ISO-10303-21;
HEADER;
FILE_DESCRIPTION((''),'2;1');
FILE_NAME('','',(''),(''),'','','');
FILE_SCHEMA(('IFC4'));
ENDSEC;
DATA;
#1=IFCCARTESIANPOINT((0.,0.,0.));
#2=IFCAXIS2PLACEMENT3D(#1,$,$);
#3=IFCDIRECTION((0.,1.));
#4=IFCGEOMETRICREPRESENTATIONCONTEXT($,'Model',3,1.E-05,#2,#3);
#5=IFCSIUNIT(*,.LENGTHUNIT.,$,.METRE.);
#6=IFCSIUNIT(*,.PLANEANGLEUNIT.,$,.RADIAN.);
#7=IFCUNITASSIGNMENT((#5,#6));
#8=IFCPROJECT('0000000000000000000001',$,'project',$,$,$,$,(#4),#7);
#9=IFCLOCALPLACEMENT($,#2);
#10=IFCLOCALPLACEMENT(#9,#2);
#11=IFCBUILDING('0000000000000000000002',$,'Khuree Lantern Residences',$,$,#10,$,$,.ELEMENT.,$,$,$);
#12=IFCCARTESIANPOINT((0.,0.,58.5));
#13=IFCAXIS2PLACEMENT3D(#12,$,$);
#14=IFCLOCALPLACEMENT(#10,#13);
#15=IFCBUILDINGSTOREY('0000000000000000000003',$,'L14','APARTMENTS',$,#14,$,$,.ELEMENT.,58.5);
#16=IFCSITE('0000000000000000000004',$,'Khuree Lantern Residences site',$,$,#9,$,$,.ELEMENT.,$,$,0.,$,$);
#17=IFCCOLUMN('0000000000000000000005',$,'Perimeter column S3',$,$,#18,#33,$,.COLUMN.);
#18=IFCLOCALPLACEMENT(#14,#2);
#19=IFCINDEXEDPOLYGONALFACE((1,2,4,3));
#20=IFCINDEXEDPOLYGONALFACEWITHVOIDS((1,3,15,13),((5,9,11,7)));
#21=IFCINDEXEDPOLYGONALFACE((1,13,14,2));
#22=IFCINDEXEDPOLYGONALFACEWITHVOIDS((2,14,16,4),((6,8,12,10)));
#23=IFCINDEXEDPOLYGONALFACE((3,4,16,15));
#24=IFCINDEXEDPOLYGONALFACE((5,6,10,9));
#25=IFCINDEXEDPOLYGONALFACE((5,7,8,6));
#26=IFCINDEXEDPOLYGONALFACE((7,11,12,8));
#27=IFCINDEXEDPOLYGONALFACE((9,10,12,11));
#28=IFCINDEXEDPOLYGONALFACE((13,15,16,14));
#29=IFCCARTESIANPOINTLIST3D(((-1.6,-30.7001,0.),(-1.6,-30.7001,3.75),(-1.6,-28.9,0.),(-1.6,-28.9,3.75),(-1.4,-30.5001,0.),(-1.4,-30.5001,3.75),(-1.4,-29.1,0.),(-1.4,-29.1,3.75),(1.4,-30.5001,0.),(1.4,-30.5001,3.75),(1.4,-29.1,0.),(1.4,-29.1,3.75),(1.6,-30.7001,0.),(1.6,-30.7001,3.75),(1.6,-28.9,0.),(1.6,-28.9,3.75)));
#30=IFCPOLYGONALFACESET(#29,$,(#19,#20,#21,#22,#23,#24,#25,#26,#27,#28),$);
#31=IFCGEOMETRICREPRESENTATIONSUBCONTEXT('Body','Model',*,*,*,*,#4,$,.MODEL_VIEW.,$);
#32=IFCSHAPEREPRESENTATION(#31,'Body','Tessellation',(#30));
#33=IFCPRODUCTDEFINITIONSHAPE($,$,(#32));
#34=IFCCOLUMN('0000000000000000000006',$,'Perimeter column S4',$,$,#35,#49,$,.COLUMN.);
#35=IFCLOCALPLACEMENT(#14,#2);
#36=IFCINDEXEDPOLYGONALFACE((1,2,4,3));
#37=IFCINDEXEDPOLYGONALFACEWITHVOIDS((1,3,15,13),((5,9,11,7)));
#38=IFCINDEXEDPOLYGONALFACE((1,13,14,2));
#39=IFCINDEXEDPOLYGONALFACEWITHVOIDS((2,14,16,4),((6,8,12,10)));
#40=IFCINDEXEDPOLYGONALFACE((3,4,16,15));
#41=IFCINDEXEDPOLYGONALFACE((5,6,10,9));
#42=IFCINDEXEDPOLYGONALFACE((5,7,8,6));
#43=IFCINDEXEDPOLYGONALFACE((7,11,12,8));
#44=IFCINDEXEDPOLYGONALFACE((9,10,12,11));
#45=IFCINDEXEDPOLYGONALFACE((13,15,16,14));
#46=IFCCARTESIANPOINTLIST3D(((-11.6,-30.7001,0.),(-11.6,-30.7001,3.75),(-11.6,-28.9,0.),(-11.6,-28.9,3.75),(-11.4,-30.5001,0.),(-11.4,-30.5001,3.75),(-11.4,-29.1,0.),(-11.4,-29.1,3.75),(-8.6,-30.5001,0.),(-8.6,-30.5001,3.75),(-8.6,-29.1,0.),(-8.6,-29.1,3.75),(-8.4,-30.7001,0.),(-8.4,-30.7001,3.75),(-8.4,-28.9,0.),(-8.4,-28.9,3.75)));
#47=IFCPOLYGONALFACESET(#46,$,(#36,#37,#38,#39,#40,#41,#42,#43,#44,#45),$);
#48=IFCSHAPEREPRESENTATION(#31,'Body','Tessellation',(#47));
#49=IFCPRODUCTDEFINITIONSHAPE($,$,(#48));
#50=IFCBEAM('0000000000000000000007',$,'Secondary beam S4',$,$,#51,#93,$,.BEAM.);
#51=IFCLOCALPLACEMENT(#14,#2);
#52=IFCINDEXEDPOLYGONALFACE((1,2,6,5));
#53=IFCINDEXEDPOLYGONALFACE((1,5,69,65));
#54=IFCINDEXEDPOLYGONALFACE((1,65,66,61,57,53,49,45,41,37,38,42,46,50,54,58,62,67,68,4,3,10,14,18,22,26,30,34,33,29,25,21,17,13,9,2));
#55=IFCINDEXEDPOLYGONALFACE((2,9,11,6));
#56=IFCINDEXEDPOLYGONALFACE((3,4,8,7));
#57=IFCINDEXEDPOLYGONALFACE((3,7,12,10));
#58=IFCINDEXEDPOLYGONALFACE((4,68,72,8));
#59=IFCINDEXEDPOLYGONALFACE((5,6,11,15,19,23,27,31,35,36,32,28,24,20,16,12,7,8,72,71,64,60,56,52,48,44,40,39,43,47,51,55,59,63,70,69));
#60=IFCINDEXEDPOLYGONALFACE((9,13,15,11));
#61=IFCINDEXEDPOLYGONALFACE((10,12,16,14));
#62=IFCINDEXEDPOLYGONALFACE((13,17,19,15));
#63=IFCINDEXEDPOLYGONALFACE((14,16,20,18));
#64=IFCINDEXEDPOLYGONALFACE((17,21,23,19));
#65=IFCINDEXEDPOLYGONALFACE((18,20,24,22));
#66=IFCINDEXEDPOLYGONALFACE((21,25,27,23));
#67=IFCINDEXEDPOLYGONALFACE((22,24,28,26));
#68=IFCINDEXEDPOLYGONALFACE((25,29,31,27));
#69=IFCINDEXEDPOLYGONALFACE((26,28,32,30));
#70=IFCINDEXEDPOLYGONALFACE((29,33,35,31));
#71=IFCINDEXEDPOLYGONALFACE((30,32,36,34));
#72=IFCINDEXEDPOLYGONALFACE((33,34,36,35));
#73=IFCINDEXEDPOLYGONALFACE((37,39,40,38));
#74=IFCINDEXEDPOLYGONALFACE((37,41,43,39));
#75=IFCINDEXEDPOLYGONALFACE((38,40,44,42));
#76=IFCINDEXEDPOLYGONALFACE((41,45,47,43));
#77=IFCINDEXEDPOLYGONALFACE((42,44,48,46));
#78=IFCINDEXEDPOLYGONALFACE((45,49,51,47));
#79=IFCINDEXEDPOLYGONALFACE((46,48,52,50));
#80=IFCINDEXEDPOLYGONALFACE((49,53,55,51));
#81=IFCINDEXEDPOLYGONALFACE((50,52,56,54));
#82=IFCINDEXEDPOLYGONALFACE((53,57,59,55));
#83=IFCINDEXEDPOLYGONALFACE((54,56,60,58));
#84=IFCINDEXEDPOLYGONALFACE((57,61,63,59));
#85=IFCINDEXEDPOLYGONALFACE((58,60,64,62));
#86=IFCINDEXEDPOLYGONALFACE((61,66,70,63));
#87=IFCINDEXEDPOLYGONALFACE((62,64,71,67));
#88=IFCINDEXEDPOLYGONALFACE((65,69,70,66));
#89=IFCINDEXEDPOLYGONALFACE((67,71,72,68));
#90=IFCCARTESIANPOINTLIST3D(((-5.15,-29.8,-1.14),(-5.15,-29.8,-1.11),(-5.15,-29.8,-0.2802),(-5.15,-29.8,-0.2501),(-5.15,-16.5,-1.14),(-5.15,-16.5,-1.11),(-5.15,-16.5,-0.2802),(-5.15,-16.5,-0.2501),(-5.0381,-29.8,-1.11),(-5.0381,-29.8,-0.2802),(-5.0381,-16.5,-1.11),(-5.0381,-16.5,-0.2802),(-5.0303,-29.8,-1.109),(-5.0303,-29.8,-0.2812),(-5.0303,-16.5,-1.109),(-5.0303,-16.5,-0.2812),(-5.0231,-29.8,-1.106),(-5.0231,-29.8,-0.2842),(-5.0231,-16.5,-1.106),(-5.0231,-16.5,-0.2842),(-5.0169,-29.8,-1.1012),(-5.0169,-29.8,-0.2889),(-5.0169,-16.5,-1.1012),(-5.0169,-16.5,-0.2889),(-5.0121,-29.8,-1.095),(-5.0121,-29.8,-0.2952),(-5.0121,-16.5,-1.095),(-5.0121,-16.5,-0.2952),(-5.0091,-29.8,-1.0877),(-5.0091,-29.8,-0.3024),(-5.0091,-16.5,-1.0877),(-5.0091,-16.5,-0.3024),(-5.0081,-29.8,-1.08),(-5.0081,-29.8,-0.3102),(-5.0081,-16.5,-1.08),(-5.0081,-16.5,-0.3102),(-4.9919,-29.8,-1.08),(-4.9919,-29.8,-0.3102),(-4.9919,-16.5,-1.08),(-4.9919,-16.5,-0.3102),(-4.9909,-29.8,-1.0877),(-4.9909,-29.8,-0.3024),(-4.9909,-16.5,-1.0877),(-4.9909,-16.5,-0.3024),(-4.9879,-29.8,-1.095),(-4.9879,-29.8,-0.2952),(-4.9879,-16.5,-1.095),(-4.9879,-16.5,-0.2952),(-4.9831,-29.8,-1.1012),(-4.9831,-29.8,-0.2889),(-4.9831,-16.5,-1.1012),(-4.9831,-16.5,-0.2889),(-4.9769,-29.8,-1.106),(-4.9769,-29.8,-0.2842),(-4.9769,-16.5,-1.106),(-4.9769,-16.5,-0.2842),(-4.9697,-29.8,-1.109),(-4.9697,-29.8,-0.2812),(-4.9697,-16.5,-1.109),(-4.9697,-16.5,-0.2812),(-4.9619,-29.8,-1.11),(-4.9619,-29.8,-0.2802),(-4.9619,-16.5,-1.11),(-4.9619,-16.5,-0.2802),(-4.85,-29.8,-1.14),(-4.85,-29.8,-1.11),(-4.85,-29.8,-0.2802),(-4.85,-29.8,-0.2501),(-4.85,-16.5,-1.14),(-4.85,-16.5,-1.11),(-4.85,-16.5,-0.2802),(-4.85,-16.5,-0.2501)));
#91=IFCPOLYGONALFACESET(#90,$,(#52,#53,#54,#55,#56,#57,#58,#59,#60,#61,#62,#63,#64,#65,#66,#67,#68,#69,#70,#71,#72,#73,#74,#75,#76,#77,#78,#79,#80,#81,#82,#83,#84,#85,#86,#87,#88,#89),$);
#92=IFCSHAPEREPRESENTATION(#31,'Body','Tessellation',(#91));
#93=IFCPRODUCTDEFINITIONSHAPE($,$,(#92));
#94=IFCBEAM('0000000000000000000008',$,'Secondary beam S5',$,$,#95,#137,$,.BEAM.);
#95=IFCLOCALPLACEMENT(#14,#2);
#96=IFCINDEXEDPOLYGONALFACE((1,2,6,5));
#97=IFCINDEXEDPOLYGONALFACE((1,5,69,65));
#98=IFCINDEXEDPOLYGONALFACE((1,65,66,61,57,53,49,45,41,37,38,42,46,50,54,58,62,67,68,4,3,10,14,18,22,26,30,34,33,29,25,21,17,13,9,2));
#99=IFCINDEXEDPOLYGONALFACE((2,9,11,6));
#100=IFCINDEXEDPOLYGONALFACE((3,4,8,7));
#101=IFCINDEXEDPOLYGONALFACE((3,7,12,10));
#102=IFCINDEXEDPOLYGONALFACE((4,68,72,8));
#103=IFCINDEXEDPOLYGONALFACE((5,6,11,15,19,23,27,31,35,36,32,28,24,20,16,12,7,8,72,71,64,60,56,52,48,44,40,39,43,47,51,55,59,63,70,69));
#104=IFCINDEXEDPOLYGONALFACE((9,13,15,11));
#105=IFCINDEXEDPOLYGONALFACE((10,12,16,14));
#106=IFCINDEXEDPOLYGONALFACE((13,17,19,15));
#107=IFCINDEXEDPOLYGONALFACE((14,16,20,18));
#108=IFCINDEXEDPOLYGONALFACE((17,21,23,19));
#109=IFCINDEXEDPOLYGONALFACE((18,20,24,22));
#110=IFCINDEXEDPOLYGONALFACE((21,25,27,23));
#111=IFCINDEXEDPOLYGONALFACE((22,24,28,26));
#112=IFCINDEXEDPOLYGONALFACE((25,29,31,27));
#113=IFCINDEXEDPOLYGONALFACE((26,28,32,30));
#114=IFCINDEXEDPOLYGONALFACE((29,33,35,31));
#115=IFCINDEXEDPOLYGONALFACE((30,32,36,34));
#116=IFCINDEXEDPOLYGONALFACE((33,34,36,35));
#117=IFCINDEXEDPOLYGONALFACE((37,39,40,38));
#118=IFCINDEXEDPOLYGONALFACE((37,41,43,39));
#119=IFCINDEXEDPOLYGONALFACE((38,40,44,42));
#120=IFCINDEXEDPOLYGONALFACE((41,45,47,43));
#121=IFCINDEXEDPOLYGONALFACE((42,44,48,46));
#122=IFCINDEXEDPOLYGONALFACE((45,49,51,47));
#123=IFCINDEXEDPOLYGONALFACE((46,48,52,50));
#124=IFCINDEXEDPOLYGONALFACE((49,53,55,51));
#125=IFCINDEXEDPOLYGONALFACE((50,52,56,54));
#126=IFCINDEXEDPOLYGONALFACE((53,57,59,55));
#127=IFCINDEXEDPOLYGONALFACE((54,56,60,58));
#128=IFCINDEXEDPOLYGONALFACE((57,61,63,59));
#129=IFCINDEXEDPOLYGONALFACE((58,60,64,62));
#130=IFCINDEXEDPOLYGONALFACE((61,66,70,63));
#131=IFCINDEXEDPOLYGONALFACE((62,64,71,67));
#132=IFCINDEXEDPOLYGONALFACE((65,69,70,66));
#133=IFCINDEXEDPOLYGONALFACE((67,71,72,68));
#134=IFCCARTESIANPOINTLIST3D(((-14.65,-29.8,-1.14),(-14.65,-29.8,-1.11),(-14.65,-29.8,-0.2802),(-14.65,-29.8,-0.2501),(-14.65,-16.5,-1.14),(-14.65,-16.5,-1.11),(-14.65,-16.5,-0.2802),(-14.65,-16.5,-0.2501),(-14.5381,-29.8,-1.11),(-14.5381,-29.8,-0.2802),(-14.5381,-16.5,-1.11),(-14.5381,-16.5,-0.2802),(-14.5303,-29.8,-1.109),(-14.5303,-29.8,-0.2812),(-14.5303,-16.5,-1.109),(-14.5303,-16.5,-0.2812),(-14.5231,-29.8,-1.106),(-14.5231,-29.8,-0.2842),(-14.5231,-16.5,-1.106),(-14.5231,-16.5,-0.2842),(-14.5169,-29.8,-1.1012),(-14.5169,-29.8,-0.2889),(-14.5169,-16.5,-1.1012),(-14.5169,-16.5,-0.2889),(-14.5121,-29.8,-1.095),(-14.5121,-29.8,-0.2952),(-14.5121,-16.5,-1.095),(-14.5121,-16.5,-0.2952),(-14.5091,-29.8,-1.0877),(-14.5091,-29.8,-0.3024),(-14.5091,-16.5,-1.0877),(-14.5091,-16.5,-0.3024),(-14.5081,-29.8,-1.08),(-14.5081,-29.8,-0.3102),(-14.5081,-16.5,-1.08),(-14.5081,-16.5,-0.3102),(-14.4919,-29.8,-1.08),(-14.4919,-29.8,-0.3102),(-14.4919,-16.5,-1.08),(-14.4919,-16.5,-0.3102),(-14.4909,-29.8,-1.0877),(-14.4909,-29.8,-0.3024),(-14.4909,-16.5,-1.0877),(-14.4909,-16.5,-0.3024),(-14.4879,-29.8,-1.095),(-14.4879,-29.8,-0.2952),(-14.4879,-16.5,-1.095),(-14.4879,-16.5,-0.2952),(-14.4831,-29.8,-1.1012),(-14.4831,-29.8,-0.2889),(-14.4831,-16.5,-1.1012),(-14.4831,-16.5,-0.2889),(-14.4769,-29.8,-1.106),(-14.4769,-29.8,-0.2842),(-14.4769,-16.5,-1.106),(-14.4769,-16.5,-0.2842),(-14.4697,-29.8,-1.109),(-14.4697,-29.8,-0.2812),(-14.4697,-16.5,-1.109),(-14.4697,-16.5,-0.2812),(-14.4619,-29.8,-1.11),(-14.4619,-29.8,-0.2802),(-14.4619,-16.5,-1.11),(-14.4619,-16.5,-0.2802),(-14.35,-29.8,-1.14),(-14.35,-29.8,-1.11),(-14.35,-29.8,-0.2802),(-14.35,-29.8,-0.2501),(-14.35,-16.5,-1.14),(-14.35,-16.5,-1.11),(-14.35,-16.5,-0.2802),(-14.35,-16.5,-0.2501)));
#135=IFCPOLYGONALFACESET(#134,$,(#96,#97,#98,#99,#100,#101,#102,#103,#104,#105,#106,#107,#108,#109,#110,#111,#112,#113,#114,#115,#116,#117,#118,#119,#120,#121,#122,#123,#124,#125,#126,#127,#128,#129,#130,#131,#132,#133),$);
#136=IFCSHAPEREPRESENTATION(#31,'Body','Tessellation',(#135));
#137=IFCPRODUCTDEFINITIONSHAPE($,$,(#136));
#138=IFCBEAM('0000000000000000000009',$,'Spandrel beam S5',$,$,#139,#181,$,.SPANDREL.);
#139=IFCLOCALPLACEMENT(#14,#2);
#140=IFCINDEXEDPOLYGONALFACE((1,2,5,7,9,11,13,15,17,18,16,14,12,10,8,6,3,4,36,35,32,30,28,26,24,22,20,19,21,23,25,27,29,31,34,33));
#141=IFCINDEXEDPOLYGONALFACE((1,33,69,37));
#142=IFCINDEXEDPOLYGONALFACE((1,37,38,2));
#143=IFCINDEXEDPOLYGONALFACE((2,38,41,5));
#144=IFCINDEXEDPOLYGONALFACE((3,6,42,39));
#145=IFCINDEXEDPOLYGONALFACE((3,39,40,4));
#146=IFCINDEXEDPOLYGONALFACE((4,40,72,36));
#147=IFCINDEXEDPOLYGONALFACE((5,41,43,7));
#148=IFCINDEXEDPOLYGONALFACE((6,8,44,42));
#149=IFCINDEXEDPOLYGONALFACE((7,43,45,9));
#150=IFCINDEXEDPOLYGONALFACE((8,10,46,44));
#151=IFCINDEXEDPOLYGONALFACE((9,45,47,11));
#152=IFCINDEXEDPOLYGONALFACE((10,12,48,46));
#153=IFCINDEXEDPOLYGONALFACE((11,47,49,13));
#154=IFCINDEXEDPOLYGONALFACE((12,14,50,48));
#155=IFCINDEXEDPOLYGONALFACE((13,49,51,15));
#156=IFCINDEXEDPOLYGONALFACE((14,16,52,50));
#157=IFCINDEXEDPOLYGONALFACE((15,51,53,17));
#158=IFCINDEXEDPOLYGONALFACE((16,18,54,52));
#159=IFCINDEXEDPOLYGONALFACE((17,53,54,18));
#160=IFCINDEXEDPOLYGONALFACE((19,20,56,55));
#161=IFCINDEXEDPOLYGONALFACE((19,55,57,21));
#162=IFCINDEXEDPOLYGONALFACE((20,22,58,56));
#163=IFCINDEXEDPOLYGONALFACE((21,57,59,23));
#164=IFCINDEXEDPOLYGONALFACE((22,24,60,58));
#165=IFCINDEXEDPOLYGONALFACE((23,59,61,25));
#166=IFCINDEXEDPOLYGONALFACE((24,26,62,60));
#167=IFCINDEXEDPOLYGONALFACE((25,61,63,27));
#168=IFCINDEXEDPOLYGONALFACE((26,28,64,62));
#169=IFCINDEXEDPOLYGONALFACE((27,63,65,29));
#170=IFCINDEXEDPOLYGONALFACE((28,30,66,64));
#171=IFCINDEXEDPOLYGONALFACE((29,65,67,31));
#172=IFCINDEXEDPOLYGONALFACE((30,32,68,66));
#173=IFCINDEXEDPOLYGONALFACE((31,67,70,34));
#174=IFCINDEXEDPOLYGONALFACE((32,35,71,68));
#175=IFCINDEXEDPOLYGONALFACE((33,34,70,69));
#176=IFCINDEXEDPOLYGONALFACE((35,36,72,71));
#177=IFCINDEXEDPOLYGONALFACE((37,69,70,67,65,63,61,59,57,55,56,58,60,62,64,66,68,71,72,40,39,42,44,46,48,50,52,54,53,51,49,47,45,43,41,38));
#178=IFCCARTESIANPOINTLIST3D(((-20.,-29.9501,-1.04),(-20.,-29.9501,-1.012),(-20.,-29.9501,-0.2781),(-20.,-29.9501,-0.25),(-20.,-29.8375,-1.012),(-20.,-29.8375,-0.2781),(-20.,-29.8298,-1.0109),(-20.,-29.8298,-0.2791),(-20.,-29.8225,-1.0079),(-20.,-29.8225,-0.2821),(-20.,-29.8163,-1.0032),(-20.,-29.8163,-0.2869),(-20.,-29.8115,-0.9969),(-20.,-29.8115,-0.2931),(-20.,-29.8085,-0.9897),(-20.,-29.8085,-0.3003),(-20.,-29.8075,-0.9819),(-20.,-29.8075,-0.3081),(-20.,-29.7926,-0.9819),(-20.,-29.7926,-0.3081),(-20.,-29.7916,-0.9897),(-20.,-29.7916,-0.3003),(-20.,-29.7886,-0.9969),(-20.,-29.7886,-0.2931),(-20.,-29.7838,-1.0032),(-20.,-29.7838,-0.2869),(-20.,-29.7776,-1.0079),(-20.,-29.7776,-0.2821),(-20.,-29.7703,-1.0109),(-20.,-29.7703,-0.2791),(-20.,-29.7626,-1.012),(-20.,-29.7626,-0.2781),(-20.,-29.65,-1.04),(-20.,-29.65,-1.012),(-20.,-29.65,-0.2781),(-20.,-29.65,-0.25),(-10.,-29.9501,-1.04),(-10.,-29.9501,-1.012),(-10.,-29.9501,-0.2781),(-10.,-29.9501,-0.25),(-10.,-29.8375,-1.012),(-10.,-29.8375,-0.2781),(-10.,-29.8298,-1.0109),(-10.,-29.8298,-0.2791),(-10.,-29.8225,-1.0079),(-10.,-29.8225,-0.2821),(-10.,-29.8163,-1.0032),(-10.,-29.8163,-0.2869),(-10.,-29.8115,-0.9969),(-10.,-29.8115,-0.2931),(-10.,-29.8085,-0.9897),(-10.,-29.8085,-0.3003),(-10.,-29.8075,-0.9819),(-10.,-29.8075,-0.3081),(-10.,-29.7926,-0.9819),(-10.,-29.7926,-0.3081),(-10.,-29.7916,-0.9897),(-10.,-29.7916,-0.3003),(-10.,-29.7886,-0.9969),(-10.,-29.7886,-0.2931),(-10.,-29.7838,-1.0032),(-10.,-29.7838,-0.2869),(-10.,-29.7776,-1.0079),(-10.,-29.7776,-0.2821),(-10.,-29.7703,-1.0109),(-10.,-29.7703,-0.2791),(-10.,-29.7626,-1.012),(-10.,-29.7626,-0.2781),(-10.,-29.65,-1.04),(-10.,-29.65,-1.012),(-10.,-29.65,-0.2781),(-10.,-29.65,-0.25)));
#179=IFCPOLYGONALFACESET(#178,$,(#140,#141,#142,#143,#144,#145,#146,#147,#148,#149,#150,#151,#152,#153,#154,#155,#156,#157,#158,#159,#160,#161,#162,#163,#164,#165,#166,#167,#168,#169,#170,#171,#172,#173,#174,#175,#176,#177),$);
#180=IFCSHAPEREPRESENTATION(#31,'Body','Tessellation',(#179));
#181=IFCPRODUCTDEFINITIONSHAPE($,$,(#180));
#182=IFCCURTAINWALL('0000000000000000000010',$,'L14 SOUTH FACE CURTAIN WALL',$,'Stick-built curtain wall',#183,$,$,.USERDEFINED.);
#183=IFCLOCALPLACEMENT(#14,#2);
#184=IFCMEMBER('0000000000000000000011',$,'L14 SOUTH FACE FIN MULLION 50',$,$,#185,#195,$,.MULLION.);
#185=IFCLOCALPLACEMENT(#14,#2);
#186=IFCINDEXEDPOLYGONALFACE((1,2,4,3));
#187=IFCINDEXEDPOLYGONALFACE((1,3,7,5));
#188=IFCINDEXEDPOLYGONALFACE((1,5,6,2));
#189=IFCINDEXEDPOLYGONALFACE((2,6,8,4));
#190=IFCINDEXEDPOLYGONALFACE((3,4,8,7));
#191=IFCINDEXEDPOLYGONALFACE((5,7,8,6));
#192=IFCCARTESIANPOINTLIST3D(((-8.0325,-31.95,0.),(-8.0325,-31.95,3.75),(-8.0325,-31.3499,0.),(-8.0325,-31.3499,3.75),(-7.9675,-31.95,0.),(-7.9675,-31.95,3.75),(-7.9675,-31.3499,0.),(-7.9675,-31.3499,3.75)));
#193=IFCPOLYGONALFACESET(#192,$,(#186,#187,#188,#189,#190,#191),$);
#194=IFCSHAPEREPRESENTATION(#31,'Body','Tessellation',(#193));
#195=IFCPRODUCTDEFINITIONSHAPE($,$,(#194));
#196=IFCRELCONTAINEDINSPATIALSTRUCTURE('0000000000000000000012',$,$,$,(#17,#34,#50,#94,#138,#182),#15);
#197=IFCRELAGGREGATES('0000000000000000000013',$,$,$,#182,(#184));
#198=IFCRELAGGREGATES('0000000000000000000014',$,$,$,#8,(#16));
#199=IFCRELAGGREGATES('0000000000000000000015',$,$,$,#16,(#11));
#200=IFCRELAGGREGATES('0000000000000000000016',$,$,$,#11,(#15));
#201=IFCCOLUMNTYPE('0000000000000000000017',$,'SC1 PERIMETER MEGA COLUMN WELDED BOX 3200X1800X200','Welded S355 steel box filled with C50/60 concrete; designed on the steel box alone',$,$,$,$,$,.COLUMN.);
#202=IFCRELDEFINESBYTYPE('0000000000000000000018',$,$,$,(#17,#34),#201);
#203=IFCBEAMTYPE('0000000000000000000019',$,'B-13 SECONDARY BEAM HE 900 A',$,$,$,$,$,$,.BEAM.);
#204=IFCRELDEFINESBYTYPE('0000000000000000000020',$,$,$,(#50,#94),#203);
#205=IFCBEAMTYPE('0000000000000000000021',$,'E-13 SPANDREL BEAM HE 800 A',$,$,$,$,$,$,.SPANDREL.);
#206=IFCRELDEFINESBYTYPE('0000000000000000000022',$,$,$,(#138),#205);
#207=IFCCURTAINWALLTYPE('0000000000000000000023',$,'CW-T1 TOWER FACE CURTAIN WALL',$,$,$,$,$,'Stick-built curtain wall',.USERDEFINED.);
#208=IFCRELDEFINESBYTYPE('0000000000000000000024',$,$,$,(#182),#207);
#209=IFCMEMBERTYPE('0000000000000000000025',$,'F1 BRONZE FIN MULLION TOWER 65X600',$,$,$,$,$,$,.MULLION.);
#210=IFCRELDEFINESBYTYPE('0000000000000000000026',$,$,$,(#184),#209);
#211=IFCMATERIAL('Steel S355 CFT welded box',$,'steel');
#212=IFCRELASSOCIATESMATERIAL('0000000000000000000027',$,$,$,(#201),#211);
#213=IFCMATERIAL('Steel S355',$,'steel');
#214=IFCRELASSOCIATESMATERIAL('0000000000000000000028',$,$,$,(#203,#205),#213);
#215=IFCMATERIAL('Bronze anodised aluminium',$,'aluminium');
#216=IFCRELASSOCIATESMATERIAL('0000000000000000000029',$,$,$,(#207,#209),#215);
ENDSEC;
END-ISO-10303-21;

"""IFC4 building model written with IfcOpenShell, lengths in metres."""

from ifc_helpers import new_model, si_unit, direction, frame, origin, origin_2d, place, context, subcontext, project, spatial, rectangle, hollow_rectangle, i_section, extrude, material, material_profile, profile_set, type_object, element, aggregate, save


model = new_model("IFC4")

# Units and contexts
model_context = context("Model", 3, precision=1e-05, world=origin(), true_north=direction((0.0, 1.0)))
body_context = subcontext(model_context, "Body", "Model", "MODEL_VIEW")
ifc_project = project(units=[si_unit("LENGTHUNIT", "METRE"), si_unit("PLANEANGLEUNIT", "RADIAN")], contexts=[model_context])

# Site, building, storey
site_placement = place(None, origin())
site = spatial("IfcSite", under=ifc_project, at=site_placement, Name="Khuree Lantern Residences site", CompositionType="ELEMENT", RefElevation=0.0)
building_placement = place(site_placement, origin())
building = spatial("IfcBuilding", under=site, at=building_placement, Name="Khuree Lantern Residences", CompositionType="ELEMENT")
storey_placement = place(building_placement, frame((0.0, 0.0, 58.5)))
storey = spatial("IfcBuildingStorey", under=building, at=storey_placement, Name="L14", Description="APARTMENTS", CompositionType="ELEMENT", Elevation=58.5)

# Columns
ifc_material_1 = material(Name="Steel S355 CFT welded box", Category="steel")
ifc_material_profile_1 = material_profile(ifc_material_1, hollow_rectangle(XDim=3.2, YDim=1.8, WallThickness=0.2, at=origin_2d()), Name="WELDED BOX 3200X1800X200")
ifc_profile_set_1 = profile_set([ifc_material_profile_1], Name="Steel S355 CFT welded box")
column_type = type_object("IfcColumnType", Name="SC1 PERIMETER MEGA COLUMN WELDED BOX 3200X1800X200", Description="Welded S355 steel box filled with C50/60 concrete; designed on the steel box alone", PredefinedType="COLUMN", material=ifc_profile_set_1)
for number, where, z_axis, x_axis, name in (
    (1, (0.0, -29.8, 0.0), (0.0, 0.0, 1.0), (1.0, 0.0, 0.0), "Perimeter column S3"),
    (2, (-10.0, -29.8, 0.0), (0.0, 0.0, 1.0), (1.0, 0.0, 0.0), "Perimeter column S4"),
):
    element("IfcColumn", number, at=place(storey_placement, frame(where, z_axis=z_axis, x_axis=x_axis)), inside=storey, type_object=column_type, Name=name, PredefinedType="COLUMN", context=body_context, shape_type="SweptSolid", body=[
        extrude(hollow_rectangle(XDim=3.2, YDim=1.8, WallThickness=0.2, at=origin_2d()), origin(), (0.0, 0.0, 1.0), 3.75),
    ])

# Beams
ifc_material_2 = material(Name="Steel S355", Category="steel")
ifc_material_profile_2 = material_profile(ifc_material_2, i_section(OverallWidth=0.3, OverallDepth=0.8899, WebThickness=0.0161, FlangeThickness=0.03, FilletRadius=0.03, at=origin_2d()), Name="HE 900 A")
ifc_profile_set_2 = profile_set([ifc_material_profile_2], Name="Steel S355")
beam_type_1 = type_object("IfcBeamType", Name="B-13 SECONDARY BEAM HE 900 A", PredefinedType="BEAM", material=ifc_profile_set_2)
for number, where, z_axis, x_axis, name in (
    (3, (-5.0, -29.8, -0.6951), (0.0, 1.0, 0.0), (-1.0, 0.0, 0.0), "Secondary beam S4"),
    (4, (-14.5, -29.8, -0.6951), (0.0, 1.0, 0.0), (-1.0, 0.0, 0.0), "Secondary beam S5"),
):
    element("IfcBeam", number, at=place(storey_placement, frame(where, z_axis=z_axis, x_axis=x_axis)), inside=storey, type_object=beam_type_1, Name=name, PredefinedType="BEAM", context=body_context, shape_type="SweptSolid", body=[
        extrude(i_section(OverallWidth=0.3, OverallDepth=0.8899, WebThickness=0.0161, FlangeThickness=0.03, FilletRadius=0.03, at=origin_2d()), origin(), (0.0, 0.0, 1.0), 13.3),
    ])
ifc_material_profile_3 = material_profile(ifc_material_2, i_section(OverallWidth=0.3, OverallDepth=0.79, WebThickness=0.0149, FlangeThickness=0.0281, FilletRadius=0.03, at=origin_2d()), Name="HE 800 A")
ifc_profile_set_3 = profile_set([ifc_material_profile_3], Name="Steel S355")
beam_type_2 = type_object("IfcBeamType", Name="E-13 SPANDREL BEAM HE 800 A", PredefinedType="SPANDREL", material=ifc_profile_set_3)
beam_placement = place(storey_placement, frame((-10.0, -29.8, -0.645), z_axis=(-1.0, 0.0, 0.0), x_axis=(0.0, -1.0, 0.0)))
element("IfcBeam", 5, at=beam_placement, inside=storey, type_object=beam_type_2, Name="Spandrel beam S5", PredefinedType="SPANDREL", context=body_context, shape_type="SweptSolid", body=[
    extrude(i_section(OverallWidth=0.3, OverallDepth=0.79, WebThickness=0.0149, FlangeThickness=0.0281, FilletRadius=0.03, at=origin_2d()), origin(), (0.0, 0.0, 1.0), 10.0),
])

# Curtain wall, member
ifc_material_3 = material(Name="Bronze anodised aluminium", Category="aluminium")
curtain_wall_type = type_object("IfcCurtainWallType", Name="CW-T1 TOWER FACE CURTAIN WALL", ElementType="Stick-built curtain wall", PredefinedType="USERDEFINED", material=ifc_material_3)
curtain_wall_placement = place(storey_placement, origin())
curtain_wall = element("IfcCurtainWall", 6, at=curtain_wall_placement, inside=storey, type_object=curtain_wall_type, Name="L14 SOUTH FACE CURTAIN WALL", ObjectType="Stick-built curtain wall", PredefinedType="USERDEFINED")
ifc_material_profile_4 = material_profile(ifc_material_3, rectangle(XDim=0.0649, YDim=0.6001, at=origin_2d()), Name="F1 65X600")
ifc_profile_set_4 = profile_set([ifc_material_profile_4], Name="Bronze anodised aluminium")
member_type_1 = type_object("IfcMemberType", Name="F1 BRONZE FIN MULLION TOWER 65X600", PredefinedType="MULLION", material=ifc_profile_set_4)
member_1_placement = place(storey_placement, frame((-8.0, -31.6499, 0.0), z_axis=(0.0, 0.0, 1.0), x_axis=(1.0, 0.0, 0.0)))
member_1 = element("IfcMember", 7, at=member_1_placement, type_object=member_type_1, Name="L14 SOUTH FACE FIN MULLION 50", PredefinedType="MULLION", context=body_context, shape_type="SweptSolid", body=[
    extrude(rectangle(XDim=0.0649, YDim=0.6001, at=origin_2d()), origin(), (0.0, 0.0, 1.0), 3.75),
])

aggregate(curtain_wall, [member_1])

save(model, "model.ifc")
